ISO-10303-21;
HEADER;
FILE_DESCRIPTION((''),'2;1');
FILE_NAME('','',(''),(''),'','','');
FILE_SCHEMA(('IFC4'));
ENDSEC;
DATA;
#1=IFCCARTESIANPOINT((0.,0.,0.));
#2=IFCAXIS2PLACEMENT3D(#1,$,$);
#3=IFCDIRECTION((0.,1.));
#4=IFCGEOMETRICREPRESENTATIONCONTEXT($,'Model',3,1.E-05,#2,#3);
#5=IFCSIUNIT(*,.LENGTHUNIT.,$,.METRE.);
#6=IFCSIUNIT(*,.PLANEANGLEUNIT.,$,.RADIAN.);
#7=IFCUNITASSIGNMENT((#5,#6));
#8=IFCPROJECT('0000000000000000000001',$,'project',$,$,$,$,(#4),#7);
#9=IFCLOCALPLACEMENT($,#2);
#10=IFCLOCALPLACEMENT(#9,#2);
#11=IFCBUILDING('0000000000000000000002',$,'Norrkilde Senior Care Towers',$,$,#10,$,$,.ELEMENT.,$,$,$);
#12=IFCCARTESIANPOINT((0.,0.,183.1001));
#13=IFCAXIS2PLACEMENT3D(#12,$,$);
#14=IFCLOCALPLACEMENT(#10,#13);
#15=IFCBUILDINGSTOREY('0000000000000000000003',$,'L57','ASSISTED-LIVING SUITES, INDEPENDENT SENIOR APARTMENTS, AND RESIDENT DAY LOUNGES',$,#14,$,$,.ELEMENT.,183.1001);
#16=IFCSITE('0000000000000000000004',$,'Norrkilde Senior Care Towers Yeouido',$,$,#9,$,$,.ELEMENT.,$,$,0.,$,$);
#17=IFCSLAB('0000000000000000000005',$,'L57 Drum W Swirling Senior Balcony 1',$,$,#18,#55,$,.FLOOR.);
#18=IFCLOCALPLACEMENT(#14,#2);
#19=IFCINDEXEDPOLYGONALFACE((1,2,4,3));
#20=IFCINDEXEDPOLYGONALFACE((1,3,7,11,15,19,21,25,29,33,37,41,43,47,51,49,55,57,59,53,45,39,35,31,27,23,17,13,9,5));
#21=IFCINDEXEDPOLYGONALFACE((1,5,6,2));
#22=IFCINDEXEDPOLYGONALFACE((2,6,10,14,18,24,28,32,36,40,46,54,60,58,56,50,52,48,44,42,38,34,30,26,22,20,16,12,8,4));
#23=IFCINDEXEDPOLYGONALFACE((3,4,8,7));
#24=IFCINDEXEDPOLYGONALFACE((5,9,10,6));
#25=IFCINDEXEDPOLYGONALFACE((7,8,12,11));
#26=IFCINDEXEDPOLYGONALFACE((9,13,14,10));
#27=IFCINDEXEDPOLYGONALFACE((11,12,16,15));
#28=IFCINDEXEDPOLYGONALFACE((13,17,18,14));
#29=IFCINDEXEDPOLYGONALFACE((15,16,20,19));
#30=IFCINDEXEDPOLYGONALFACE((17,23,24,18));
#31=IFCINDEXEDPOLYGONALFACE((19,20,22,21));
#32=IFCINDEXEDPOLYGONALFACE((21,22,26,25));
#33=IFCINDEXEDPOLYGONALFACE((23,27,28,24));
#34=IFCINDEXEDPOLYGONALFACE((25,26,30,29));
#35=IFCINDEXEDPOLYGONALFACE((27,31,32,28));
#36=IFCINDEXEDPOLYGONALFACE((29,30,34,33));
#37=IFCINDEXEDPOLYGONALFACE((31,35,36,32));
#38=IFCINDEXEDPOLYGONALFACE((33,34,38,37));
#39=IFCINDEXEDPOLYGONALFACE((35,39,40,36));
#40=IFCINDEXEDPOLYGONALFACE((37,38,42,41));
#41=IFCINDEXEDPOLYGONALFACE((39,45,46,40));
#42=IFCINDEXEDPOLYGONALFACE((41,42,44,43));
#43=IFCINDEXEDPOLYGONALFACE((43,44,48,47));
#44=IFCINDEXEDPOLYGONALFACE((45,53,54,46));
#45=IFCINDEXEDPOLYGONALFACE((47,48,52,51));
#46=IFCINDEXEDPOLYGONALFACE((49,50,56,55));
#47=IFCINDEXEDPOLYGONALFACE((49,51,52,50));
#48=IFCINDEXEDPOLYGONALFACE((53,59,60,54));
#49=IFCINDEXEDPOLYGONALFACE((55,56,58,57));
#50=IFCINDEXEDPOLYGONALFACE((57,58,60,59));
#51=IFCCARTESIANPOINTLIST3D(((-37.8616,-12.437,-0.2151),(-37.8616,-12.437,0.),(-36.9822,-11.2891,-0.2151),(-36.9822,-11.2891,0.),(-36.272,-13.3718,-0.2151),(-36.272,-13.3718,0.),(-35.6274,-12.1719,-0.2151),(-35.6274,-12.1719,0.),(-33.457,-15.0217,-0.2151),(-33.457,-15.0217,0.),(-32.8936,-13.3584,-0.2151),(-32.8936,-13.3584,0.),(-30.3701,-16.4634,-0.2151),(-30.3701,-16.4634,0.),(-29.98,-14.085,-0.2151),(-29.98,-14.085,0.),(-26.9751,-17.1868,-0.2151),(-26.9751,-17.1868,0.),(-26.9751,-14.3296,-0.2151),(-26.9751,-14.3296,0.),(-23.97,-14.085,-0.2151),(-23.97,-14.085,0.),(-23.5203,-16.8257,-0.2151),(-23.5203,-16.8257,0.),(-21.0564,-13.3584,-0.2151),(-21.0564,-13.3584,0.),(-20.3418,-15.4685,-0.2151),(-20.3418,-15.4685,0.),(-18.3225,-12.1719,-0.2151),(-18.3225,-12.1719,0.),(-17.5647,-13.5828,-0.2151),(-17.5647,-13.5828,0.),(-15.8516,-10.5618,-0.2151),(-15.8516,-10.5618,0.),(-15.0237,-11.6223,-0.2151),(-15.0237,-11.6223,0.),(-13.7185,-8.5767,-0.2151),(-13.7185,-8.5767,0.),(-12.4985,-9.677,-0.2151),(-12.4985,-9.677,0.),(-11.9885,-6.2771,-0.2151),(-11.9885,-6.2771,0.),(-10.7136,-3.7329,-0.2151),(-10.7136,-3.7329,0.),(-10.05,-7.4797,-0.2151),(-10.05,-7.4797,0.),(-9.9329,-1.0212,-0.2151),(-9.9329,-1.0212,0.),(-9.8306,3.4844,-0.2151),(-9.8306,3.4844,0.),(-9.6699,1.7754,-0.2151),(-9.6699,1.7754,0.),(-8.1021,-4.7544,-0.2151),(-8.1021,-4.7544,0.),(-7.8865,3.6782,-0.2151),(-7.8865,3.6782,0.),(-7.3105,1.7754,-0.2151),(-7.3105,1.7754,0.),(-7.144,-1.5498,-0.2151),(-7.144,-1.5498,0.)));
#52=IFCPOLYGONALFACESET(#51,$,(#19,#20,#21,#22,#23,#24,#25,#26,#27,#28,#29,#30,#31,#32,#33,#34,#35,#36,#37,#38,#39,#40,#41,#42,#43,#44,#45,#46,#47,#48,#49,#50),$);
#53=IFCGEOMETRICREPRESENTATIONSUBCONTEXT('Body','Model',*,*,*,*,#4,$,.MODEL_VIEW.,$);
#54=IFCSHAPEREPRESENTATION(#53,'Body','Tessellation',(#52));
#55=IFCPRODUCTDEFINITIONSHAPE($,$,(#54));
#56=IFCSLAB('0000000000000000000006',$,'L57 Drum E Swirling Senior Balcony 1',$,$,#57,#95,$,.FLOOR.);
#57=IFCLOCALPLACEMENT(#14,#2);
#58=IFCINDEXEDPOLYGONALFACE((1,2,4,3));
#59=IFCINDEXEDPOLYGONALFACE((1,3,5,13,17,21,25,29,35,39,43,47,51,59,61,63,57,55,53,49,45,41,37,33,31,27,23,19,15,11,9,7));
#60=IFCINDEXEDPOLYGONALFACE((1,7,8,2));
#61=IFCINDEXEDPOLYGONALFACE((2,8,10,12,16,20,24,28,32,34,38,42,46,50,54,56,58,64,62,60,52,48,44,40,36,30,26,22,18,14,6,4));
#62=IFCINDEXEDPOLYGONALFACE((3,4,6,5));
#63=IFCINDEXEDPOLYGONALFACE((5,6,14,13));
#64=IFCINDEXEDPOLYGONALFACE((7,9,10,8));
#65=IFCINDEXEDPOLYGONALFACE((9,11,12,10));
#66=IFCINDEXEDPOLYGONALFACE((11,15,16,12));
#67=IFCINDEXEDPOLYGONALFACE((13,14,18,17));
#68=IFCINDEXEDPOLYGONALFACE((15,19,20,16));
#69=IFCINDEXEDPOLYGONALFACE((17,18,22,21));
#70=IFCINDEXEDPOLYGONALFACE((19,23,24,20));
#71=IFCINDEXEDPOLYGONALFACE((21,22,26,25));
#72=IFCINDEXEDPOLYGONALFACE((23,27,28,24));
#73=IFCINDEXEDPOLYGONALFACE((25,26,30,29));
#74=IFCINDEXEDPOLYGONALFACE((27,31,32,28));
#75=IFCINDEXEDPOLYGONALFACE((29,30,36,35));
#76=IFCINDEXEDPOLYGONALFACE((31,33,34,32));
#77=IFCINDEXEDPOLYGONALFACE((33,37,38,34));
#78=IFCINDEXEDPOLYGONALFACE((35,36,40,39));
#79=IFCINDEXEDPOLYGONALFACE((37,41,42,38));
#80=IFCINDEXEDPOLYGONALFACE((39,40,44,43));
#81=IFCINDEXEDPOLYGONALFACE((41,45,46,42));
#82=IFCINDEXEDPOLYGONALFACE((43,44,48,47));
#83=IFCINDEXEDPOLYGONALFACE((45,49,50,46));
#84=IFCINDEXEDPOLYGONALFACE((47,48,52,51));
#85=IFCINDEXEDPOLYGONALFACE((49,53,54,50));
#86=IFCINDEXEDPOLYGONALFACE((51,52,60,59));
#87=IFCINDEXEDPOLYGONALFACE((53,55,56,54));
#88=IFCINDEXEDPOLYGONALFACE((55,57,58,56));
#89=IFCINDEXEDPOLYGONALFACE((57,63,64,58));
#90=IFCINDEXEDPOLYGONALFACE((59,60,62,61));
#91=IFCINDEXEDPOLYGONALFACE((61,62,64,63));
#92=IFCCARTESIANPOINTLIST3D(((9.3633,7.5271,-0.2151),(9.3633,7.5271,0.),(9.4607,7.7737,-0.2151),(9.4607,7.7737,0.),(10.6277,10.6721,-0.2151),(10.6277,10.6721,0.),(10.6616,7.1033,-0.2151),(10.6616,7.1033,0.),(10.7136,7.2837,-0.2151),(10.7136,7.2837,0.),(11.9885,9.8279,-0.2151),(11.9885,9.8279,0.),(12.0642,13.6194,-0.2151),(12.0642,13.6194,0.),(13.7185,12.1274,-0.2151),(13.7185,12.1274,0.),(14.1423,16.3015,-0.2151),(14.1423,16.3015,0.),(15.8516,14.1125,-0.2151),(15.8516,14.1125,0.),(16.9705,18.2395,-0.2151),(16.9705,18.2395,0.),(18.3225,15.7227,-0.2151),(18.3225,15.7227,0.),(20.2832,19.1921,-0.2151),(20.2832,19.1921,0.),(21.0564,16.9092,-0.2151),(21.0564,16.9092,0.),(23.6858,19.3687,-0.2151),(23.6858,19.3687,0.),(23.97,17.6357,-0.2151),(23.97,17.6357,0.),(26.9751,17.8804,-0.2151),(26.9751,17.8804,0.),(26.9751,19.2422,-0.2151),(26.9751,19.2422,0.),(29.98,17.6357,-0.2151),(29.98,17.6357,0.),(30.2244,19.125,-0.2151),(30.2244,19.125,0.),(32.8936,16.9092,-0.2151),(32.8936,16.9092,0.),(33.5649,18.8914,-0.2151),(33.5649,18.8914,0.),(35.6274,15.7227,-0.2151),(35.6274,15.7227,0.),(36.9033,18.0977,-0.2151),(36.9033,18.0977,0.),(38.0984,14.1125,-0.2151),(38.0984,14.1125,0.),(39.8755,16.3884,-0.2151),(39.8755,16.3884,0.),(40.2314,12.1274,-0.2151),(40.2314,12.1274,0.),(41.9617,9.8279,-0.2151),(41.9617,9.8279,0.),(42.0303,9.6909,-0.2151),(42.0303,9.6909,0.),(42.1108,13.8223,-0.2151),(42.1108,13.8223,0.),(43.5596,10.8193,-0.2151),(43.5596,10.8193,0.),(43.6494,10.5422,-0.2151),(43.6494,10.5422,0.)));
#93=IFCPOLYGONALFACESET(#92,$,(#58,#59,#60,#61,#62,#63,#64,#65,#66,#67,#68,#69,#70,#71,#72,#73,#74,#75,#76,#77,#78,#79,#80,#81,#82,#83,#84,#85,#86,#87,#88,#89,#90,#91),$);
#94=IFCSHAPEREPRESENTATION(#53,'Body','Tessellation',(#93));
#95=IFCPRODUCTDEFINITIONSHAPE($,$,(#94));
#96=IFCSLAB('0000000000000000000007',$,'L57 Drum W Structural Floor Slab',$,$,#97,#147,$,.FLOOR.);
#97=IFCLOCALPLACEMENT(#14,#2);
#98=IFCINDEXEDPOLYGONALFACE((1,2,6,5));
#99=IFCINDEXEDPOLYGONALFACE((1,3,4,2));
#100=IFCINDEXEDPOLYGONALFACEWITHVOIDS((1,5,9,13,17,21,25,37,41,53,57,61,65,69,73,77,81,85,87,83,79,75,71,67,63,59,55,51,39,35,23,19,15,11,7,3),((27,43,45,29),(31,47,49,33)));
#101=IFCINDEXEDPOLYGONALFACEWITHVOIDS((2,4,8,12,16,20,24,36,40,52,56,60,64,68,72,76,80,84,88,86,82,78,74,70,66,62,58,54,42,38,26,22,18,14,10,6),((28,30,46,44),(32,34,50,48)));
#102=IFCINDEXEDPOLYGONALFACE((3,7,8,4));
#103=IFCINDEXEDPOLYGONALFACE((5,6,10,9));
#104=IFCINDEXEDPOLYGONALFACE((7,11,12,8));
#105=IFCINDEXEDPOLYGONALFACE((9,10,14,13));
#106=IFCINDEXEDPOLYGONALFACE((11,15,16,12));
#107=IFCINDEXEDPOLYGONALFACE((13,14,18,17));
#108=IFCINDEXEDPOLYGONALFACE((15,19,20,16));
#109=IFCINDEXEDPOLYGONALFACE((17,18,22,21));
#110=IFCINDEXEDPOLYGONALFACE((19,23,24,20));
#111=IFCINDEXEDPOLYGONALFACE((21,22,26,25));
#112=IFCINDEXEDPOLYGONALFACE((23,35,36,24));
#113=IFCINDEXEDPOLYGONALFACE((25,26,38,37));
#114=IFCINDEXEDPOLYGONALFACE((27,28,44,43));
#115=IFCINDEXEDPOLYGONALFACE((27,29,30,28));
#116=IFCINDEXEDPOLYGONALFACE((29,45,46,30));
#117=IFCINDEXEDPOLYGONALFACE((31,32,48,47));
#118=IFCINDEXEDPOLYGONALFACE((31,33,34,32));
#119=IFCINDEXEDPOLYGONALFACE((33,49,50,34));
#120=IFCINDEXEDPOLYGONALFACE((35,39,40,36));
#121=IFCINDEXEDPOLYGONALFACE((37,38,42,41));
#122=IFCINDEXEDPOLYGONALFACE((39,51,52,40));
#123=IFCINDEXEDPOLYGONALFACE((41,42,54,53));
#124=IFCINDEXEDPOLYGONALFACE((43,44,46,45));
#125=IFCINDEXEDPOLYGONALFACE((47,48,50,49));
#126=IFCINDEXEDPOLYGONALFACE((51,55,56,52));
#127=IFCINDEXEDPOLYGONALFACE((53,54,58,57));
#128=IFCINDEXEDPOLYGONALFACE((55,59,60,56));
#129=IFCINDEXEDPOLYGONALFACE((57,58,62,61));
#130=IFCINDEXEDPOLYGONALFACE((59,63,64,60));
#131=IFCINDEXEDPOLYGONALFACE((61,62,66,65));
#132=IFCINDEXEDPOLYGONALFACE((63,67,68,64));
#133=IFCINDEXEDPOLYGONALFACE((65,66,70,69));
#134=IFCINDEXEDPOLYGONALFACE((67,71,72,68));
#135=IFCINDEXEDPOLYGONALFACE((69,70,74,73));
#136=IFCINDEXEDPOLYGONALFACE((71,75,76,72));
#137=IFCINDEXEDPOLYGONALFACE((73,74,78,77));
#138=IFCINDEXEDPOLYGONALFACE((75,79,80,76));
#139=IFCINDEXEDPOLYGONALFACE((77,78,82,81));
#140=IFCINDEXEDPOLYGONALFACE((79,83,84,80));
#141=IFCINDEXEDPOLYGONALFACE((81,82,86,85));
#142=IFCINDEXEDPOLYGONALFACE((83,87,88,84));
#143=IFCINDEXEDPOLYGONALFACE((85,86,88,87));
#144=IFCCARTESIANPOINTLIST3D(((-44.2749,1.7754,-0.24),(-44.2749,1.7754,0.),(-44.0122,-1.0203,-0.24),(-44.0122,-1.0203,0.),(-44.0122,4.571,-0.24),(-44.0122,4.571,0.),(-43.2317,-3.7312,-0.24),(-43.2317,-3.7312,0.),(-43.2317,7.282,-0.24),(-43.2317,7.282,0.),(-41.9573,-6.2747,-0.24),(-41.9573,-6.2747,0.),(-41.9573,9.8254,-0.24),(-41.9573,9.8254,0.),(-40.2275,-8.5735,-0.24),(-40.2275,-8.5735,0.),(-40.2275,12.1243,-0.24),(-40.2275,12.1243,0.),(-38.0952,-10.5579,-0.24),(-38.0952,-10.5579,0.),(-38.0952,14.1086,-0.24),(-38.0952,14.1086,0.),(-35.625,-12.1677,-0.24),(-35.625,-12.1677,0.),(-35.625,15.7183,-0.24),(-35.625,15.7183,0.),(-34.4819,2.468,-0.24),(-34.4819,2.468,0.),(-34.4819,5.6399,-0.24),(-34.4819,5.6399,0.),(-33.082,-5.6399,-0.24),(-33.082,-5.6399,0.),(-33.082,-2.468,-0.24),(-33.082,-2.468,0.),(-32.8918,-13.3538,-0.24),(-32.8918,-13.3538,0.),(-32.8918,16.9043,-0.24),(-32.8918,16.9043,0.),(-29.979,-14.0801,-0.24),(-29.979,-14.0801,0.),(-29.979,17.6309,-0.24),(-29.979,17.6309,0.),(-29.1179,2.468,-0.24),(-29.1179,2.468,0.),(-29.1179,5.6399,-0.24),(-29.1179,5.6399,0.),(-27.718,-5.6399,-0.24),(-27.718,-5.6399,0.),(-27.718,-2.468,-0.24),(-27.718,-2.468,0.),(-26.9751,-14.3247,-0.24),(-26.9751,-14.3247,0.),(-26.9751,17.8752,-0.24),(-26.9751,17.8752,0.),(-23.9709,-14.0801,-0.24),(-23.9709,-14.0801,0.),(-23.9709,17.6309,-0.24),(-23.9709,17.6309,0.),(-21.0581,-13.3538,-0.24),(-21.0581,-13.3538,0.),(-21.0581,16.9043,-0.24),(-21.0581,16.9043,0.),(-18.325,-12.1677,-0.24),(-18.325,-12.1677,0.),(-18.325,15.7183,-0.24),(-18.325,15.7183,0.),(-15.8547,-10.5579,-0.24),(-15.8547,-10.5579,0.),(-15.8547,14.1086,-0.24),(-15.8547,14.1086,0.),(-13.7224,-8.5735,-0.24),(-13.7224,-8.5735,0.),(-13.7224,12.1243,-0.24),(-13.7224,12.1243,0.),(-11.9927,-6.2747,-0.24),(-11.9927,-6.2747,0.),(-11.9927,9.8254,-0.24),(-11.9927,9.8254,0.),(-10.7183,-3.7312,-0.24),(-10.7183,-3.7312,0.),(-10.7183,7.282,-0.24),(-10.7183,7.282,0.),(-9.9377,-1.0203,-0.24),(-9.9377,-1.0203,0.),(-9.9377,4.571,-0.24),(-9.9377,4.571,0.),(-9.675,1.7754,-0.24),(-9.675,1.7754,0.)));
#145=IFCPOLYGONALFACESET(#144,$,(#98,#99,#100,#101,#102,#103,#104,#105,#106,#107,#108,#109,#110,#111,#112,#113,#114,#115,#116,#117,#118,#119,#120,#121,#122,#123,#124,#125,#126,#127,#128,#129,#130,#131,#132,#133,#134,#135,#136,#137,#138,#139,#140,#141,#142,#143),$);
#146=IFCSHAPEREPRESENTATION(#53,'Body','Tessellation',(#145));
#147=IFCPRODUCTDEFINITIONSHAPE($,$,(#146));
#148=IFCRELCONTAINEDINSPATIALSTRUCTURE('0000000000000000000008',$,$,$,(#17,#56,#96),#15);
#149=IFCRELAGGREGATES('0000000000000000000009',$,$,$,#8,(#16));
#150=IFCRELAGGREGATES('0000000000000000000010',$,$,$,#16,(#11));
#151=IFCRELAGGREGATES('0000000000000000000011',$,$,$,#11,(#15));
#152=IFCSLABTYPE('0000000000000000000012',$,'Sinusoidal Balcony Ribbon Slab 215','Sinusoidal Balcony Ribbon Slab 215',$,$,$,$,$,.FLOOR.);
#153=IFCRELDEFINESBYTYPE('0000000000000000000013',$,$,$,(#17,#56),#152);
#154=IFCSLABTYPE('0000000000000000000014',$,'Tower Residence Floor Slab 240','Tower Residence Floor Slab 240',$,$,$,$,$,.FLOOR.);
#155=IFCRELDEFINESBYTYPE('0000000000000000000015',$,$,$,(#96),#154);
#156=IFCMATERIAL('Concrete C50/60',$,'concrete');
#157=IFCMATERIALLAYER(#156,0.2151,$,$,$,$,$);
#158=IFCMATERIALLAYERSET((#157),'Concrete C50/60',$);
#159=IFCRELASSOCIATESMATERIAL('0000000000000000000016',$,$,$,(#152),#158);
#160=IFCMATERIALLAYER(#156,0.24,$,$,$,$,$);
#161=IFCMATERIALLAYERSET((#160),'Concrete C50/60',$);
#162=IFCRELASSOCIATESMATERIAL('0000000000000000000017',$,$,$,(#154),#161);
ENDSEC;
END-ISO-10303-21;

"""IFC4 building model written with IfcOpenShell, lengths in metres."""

from ifc_helpers import new_model, si_unit, direction, frame, origin, place, context, subcontext, project, spatial, polyline, outline, extrude, material, layer, layer_set, type_object, element, save


model = new_model("IFC4")

# Units and contexts
model_context = context("Model", 3, precision=1e-05, world=origin(), true_north=direction((0.0, 1.0)))
body_context = subcontext(model_context, "Body", "Model", "MODEL_VIEW")
ifc_project = project(units=[si_unit("LENGTHUNIT", "METRE"), si_unit("PLANEANGLEUNIT", "RADIAN")], contexts=[model_context])

# Site, building, storey
site_placement = place(None, origin())
site = spatial("IfcSite", under=ifc_project, at=site_placement, Name="Norrkilde Senior Care Towers Yeouido", CompositionType="ELEMENT", RefElevation=0.0)
building_placement = place(site_placement, origin())
building = spatial("IfcBuilding", under=site, at=building_placement, Name="Norrkilde Senior Care Towers", CompositionType="ELEMENT")
storey_placement = place(building_placement, frame((0.0, 0.0, 183.1001)))
storey = spatial("IfcBuildingStorey", under=building, at=storey_placement, Name="L57", Description="ASSISTED-LIVING SUITES, INDEPENDENT SENIOR APARTMENTS, AND RESIDENT DAY LOUNGES", CompositionType="ELEMENT", Elevation=183.1001)

# Shared definitions
ifc_material_1 = material(Name="Concrete C50/60", Category="concrete")

# Slabs
ifc_layer_1 = layer(ifc_material_1, 0.2151)
ifc_layer_set_1 = layer_set([ifc_layer_1], Name="Concrete C50/60")
slab_type_1 = type_object("IfcSlabType", Name="Sinusoidal Balcony Ribbon Slab 215", Description="Sinusoidal Balcony Ribbon Slab 215", PredefinedType="FLOOR", material=ifc_layer_set_1)
slab_1_placement = place(storey_placement, frame((0.0, 0.0, -0.2151)))
element("IfcSlab", 1, at=slab_1_placement, inside=storey, type_object=slab_type_1, Name="L57 Drum W Swirling Senior Balcony 1", PredefinedType="FLOOR", context=body_context, shape_type="SweptSolid", body=[
    extrude(outline(polyline([(-10.05, -7.4797), (-12.4985, -9.677), (-15.0237, -11.6223), (-17.5647, -13.5828), (-20.3418, -15.4685), (-23.5203, -16.8257), (-26.9751, -17.1868), (-30.3701, -16.4634), (-33.457, -15.0217), (-36.272, -13.3718), (-37.8616, -12.437), (-36.9822, -11.2891), (-35.6274, -12.1719), (-32.8936, -13.3584), (-29.98, -14.085), (-26.9751, -14.3296), (-23.97, -14.085), (-21.0564, -13.3584), (-18.3225, -12.1719), (-15.8516, -10.5618), (-13.7185, -8.5767), (-11.9885, -6.2771), (-10.7136, -3.7329), (-9.9329, -1.0212), (-9.6699, 1.7754), (-9.8306, 3.4844), (-7.8865, 3.6782), (-7.3105, 1.7754), (-7.144, -1.5498), (-8.1021, -4.7544), (-10.05, -7.4797)])), origin(), (0.0, 0.0, 1.0), 0.2151),
])
slab_2_placement = place(storey_placement, frame((0.0, 0.0, -0.2151)))
element("IfcSlab", 2, at=slab_2_placement, inside=storey, type_object=slab_type_1, Name="L57 Drum E Swirling Senior Balcony 1", PredefinedType="FLOOR", context=body_context, shape_type="SweptSolid", body=[
    extrude(outline(polyline([(10.6277, 10.6721), (12.0642, 13.6194), (14.1423, 16.3015), (16.9705, 18.2395), (20.2832, 19.1921), (23.6858, 19.3687), (26.9751, 19.2422), (30.2244, 19.125), (33.5649, 18.8914), (36.9033, 18.0977), (39.8755, 16.3884), (42.1108, 13.8223), (43.5596, 10.8193), (43.6494, 10.5422), (42.0303, 9.6909), (41.9617, 9.8279), (40.2314, 12.1274), (38.0984, 14.1125), (35.6274, 15.7227), (32.8936, 16.9092), (29.98, 17.6357), (26.9751, 17.8804), (23.97, 17.6357), (21.0564, 16.9092), (18.3225, 15.7227), (15.8516, 14.1125), (13.7185, 12.1274), (11.9885, 9.8279), (10.7136, 7.2837), (10.6616, 7.1033), (9.3633, 7.5271), (9.4607, 7.7737), (10.6277, 10.6721)])), origin(), (0.0, 0.0, 1.0), 0.2151),
])
ifc_layer_2 = layer(ifc_material_1, 0.24)
ifc_layer_set_2 = layer_set([ifc_layer_2], Name="Concrete C50/60")
slab_type_2 = type_object("IfcSlabType", Name="Tower Residence Floor Slab 240", Description="Tower Residence Floor Slab 240", PredefinedType="FLOOR", material=ifc_layer_set_2)
slab_3_placement = place(storey_placement, frame((0.0, 0.0, -0.24)))
element("IfcSlab", 3, at=slab_3_placement, inside=storey, type_object=slab_type_2, Name="L57 Drum W Structural Floor Slab", PredefinedType="FLOOR", context=body_context, shape_type="SweptSolid", body=[
    extrude(outline(polyline([(-10.7183, -3.7312), (-11.9927, -6.2747), (-13.7224, -8.5735), (-15.8547, -10.5579), (-18.325, -12.1677), (-21.0581, -13.3538), (-23.9709, -14.0801), (-26.9751, -14.3247), (-29.979, -14.0801), (-32.8918, -13.3538), (-35.625, -12.1677), (-38.0952, -10.5579), (-40.2275, -8.5735), (-41.9573, -6.2747), (-43.2317, -3.7312), (-44.0122, -1.0203), (-44.2749, 1.7754), (-44.0122, 4.571), (-43.2317, 7.282), (-41.9573, 9.8254), (-40.2275, 12.1243), (-38.0952, 14.1086), (-35.625, 15.7183), (-32.8918, 16.9043), (-29.979, 17.6309), (-26.9751, 17.8752), (-23.9709, 17.6309), (-21.0581, 16.9043), (-18.325, 15.7183), (-15.8547, 14.1086), (-13.7224, 12.1243), (-11.9927, 9.8254), (-10.7183, 7.282), (-9.9377, 4.571), (-9.675, 1.7754), (-9.9377, -1.0203), (-10.7183, -3.7312)]), holes=[polyline([(-34.4819, 2.468), (-29.1179, 2.468), (-29.1179, 5.6399), (-34.4819, 5.6399), (-34.4819, 2.468)]), polyline([(-27.718, -5.6399), (-27.718, -2.468), (-33.082, -2.468), (-33.082, -5.6399), (-27.718, -5.6399)])]), origin(), (0.0, 0.0, 1.0), 0.24),
])

save(model, "model.ifc")
